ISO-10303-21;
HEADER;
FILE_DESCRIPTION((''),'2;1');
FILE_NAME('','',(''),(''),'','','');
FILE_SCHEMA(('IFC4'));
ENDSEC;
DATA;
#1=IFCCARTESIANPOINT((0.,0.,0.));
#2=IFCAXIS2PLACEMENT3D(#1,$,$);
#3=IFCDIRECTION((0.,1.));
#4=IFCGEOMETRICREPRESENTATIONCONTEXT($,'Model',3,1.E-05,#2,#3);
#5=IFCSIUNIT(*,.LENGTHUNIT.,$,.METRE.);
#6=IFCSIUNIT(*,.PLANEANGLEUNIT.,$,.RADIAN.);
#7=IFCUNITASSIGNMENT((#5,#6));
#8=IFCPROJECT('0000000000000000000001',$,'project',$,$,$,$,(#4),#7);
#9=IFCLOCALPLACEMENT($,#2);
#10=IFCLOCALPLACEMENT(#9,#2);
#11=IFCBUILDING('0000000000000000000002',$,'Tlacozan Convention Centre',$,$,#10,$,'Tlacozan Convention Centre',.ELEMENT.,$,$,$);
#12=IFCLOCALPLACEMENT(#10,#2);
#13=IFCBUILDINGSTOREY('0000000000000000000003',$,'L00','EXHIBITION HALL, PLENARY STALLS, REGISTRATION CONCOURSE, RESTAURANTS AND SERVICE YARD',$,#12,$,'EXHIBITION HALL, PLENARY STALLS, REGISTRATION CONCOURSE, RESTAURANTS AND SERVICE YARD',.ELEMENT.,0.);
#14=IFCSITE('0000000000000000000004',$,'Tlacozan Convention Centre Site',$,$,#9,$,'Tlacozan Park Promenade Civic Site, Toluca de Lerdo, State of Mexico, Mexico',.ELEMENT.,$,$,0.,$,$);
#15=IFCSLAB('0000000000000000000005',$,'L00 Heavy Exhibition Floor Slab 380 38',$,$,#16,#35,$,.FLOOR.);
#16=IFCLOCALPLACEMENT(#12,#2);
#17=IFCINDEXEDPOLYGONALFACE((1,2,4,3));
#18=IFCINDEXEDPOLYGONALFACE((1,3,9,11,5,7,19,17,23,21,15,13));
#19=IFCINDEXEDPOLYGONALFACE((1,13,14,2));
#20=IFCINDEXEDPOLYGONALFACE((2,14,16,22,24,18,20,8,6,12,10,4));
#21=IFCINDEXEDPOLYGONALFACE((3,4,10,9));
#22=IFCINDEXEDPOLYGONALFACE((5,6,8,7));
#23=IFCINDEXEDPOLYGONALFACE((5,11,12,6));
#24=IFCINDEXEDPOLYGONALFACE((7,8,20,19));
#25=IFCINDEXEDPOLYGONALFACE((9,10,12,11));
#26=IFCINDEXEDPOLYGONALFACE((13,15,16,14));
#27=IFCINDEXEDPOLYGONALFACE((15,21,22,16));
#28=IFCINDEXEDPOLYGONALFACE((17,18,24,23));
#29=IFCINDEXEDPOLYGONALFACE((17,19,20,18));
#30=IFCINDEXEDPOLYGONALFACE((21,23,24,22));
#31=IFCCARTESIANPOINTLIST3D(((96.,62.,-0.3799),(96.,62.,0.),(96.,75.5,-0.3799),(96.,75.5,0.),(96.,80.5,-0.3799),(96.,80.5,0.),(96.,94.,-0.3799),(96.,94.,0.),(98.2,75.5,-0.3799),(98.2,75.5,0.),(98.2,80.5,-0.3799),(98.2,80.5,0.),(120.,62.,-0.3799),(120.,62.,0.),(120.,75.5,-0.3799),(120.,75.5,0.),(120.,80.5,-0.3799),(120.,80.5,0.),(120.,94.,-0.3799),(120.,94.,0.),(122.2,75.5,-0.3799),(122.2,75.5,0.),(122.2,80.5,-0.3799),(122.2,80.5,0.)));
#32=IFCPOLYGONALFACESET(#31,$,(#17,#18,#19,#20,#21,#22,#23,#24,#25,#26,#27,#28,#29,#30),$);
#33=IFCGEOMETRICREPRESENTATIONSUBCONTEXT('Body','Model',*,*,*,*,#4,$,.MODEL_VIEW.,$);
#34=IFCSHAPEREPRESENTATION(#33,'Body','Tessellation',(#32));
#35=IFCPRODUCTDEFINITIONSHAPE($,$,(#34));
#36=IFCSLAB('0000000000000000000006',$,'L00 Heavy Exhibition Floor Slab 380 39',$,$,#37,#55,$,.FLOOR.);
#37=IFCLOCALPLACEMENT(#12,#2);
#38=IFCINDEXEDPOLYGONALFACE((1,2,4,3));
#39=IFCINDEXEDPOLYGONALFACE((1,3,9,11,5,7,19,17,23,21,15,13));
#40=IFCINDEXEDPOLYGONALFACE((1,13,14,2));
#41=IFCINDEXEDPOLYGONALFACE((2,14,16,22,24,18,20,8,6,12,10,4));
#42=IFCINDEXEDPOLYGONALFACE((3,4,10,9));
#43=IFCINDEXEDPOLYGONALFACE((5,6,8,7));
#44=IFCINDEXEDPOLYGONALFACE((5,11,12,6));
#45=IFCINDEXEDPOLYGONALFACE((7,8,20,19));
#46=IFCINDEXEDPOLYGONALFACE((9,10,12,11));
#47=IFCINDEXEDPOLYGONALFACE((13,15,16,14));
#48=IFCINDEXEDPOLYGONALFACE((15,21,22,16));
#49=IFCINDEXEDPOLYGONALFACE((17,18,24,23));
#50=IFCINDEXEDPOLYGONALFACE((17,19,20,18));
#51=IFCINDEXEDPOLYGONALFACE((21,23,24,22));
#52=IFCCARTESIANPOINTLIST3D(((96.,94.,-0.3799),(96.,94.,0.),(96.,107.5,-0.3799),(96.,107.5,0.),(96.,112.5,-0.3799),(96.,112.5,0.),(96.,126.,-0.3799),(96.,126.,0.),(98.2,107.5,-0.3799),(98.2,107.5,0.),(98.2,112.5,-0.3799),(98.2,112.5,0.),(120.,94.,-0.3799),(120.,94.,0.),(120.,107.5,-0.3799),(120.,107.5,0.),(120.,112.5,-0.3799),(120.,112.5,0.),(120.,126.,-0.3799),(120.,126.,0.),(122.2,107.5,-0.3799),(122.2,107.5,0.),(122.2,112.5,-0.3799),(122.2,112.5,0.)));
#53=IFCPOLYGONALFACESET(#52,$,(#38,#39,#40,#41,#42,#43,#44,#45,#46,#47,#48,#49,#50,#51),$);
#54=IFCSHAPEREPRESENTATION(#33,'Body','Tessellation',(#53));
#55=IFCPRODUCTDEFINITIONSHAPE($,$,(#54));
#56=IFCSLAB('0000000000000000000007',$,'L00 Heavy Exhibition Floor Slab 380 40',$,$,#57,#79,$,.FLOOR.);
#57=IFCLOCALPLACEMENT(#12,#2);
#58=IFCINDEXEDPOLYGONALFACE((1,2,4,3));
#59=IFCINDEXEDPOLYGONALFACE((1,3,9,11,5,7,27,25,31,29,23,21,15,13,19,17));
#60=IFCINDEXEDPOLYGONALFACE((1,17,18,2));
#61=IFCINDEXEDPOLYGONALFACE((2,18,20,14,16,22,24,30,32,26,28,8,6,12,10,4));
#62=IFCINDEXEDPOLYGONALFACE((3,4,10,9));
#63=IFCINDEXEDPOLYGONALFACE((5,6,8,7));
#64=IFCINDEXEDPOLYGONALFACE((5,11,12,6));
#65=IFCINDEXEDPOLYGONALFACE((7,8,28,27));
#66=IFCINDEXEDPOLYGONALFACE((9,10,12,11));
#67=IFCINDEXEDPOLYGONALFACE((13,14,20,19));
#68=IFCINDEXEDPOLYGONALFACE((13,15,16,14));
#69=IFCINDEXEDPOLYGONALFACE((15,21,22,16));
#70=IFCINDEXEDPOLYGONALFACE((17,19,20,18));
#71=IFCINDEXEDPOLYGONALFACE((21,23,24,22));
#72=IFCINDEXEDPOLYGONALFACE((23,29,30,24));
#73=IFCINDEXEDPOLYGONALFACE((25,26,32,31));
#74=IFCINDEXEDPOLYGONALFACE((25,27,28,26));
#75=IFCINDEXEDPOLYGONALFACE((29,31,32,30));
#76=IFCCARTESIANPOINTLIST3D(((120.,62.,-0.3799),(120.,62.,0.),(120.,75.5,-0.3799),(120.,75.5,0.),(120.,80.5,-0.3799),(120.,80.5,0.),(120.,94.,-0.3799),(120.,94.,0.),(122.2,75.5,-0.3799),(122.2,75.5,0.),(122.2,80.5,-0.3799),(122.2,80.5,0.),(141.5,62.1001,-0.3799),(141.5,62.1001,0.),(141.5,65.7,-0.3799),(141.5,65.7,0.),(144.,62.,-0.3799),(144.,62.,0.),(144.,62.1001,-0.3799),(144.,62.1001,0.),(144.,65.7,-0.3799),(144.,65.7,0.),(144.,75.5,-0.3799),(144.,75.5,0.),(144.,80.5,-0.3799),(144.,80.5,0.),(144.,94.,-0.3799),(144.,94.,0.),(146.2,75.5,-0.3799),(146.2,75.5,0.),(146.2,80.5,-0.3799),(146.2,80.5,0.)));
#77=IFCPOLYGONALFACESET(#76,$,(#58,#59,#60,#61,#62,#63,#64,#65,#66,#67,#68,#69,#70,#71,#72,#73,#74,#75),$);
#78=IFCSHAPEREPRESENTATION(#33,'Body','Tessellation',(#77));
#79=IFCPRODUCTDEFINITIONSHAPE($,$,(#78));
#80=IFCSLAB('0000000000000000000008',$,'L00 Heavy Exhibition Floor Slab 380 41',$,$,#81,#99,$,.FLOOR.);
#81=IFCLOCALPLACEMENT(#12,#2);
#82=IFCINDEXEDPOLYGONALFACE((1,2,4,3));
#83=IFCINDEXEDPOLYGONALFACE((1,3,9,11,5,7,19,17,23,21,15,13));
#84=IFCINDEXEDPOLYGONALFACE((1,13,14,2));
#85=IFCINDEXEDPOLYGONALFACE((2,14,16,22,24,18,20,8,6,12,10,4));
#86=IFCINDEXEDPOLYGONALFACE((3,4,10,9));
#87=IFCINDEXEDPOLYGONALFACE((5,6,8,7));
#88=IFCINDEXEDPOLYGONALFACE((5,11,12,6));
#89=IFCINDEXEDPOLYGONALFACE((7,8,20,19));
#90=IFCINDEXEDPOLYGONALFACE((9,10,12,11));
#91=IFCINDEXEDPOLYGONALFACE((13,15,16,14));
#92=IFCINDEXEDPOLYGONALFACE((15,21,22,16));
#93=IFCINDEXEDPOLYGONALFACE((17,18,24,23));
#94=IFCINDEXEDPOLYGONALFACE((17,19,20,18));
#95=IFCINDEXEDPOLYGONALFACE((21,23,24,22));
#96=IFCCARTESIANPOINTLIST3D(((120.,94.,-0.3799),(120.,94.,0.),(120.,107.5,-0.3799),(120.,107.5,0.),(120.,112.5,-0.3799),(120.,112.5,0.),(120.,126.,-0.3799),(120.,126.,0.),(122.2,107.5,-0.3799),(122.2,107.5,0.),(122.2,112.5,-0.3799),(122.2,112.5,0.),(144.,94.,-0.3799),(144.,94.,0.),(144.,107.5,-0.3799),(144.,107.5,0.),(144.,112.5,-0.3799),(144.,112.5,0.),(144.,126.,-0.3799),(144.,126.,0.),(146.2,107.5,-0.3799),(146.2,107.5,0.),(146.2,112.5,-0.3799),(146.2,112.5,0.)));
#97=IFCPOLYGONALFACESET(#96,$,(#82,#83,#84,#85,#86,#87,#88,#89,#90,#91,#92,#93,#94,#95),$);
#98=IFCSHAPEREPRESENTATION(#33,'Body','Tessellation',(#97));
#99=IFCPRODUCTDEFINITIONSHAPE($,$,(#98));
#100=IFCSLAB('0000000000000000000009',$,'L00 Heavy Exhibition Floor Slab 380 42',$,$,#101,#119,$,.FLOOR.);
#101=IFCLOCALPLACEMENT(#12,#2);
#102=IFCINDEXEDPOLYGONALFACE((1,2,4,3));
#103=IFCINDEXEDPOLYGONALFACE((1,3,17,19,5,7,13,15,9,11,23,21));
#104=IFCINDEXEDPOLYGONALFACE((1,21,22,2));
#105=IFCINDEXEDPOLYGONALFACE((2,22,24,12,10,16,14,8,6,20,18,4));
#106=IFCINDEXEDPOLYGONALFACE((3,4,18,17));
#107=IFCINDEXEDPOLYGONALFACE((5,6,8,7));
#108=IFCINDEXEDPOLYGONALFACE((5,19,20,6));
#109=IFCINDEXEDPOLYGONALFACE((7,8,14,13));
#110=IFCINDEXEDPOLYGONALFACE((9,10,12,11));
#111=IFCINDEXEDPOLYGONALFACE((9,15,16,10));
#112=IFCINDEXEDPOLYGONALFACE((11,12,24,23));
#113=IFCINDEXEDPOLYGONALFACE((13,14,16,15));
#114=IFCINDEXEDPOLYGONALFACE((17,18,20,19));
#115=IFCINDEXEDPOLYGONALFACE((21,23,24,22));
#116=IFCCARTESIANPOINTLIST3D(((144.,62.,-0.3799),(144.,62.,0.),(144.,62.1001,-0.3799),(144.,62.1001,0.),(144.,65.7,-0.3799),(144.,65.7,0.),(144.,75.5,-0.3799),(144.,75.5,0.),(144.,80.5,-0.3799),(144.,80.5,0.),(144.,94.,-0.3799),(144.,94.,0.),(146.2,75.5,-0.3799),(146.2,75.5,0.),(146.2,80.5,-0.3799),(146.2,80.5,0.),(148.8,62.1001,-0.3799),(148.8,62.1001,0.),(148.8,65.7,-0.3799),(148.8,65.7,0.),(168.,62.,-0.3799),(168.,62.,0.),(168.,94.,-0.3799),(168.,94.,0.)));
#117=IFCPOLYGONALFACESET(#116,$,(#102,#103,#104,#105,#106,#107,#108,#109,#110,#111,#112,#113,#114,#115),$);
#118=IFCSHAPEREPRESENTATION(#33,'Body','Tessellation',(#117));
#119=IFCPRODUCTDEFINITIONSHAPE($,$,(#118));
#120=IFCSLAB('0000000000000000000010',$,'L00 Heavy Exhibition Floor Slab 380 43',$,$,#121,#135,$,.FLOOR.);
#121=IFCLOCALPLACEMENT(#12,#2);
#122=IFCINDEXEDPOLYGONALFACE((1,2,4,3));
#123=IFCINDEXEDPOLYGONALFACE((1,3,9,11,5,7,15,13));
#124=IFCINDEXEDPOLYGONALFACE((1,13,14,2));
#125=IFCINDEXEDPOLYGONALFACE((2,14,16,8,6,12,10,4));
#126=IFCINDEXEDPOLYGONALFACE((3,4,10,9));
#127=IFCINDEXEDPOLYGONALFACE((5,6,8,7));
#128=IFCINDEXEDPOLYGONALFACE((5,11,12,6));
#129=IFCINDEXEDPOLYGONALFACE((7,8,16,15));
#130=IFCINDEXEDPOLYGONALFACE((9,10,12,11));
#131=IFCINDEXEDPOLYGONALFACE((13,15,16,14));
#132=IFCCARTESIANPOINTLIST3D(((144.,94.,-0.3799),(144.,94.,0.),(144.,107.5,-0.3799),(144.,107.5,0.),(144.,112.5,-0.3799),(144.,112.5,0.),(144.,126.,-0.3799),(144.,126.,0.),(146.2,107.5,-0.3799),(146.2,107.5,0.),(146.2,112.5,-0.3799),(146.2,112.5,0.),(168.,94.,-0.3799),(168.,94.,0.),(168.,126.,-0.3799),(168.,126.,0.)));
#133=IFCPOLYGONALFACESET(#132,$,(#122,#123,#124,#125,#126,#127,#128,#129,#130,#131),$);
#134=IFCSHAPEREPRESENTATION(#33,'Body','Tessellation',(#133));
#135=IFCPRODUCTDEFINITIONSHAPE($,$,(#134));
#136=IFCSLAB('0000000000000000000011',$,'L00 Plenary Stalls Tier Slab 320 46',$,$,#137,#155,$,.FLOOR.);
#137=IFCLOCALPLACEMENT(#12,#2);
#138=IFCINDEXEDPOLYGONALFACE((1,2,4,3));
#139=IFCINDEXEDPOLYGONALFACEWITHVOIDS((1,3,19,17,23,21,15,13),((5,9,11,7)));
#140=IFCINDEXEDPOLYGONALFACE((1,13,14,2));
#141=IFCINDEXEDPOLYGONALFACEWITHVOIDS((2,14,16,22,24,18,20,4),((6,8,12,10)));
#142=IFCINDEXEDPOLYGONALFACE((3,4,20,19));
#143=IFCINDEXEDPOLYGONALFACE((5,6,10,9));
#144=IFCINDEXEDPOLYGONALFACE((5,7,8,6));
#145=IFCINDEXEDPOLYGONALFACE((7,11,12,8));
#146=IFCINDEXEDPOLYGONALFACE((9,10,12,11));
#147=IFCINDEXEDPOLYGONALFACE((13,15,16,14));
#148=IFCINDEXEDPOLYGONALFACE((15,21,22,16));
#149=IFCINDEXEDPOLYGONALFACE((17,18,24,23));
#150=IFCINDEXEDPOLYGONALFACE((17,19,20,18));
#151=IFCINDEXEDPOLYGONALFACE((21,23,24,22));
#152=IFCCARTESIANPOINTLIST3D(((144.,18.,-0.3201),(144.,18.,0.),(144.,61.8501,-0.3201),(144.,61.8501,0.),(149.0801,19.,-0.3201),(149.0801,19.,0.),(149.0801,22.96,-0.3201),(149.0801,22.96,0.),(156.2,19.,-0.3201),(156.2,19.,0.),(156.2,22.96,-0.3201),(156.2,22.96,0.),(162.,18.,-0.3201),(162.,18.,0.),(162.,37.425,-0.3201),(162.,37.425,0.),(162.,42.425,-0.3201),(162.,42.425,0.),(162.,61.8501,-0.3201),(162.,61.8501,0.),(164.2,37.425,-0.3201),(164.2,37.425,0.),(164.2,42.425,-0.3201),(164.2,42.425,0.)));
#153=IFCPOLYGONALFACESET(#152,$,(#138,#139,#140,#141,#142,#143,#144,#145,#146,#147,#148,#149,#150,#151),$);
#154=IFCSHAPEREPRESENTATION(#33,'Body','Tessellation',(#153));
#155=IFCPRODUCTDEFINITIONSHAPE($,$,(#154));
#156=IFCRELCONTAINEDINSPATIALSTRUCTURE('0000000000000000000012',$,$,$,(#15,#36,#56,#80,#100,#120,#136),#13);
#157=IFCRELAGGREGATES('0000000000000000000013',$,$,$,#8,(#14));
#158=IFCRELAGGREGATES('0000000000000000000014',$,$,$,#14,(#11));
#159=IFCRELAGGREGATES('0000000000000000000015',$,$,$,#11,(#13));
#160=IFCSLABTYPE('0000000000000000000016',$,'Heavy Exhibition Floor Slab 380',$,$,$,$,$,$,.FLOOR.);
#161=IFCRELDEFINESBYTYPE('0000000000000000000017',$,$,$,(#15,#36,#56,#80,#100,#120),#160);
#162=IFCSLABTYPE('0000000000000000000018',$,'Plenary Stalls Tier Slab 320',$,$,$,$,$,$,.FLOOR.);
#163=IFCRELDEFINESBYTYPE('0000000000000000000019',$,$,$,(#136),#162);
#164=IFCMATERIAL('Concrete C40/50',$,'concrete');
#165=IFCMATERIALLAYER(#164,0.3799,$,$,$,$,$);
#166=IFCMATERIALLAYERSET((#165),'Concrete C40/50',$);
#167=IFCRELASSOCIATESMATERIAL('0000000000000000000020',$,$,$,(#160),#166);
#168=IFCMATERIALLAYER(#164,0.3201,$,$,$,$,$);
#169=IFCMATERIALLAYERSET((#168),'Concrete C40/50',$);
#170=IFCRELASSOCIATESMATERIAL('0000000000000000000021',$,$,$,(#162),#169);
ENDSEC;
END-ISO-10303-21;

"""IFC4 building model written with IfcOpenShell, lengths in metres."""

from ifc_helpers import new_model, si_unit, direction, frame, origin, place, context, subcontext, project, spatial, polyline, outline, extrude, material, layer, layer_set, type_object, element, save


model = new_model("IFC4")

# Units and contexts
model_context = context("Model", 3, precision=1e-05, world=origin(), true_north=direction((0.0, 1.0)))
body_context = subcontext(model_context, "Body", "Model", "MODEL_VIEW")
ifc_project = project(units=[si_unit("LENGTHUNIT", "METRE"), si_unit("PLANEANGLEUNIT", "RADIAN")], contexts=[model_context])

# Site, building, storey
site_placement = place(None, origin())
site = spatial("IfcSite", under=ifc_project, at=site_placement, Name="Tlacozan Convention Centre Site", LongName="Tlacozan Park Promenade Civic Site, Toluca de Lerdo, State of Mexico, Mexico", CompositionType="ELEMENT", RefElevation=0.0)
building_placement = place(site_placement, origin())
building = spatial("IfcBuilding", under=site, at=building_placement, Name="Tlacozan Convention Centre", LongName="Tlacozan Convention Centre", CompositionType="ELEMENT")
storey_placement = place(building_placement, origin())
storey = spatial("IfcBuildingStorey", under=building, at=storey_placement, Name="L00", Description="EXHIBITION HALL, PLENARY STALLS, REGISTRATION CONCOURSE, RESTAURANTS AND SERVICE YARD", LongName="EXHIBITION HALL, PLENARY STALLS, REGISTRATION CONCOURSE, RESTAURANTS AND SERVICE YARD", CompositionType="ELEMENT", Elevation=0.0)

# Slabs
ifc_material = material(Name="Concrete C40/50", Category="concrete")
ifc_layer_1 = layer(ifc_material, 0.3799)
ifc_layer_set_1 = layer_set([ifc_layer_1], Name="Concrete C40/50")
slab_type_1 = type_object("IfcSlabType", Name="Heavy Exhibition Floor Slab 380", PredefinedType="FLOOR", material=ifc_layer_set_1)
slab_1_placement = place(storey_placement, frame((0.0, 0.0, -0.3799)))
element("IfcSlab", 1, at=slab_1_placement, inside=storey, type_object=slab_type_1, Name="L00 Heavy Exhibition Floor Slab 380 38", PredefinedType="FLOOR", context=body_context, shape_type="SweptSolid", body=[
    extrude(outline(polyline([(96.0, 75.5), (98.2, 75.5), (98.2, 80.5), (96.0, 80.5), (96.0, 94.0), (120.0, 94.0), (120.0, 80.5), (122.2, 80.5), (122.2, 75.5), (120.0, 75.5), (120.0, 62.0), (96.0, 62.0), (96.0, 75.5)])), origin(), (0.0, 0.0, 1.0), 0.3799),
])
slab_2_placement = place(storey_placement, frame((0.0, 0.0, -0.3799)))
element("IfcSlab", 2, at=slab_2_placement, inside=storey, type_object=slab_type_1, Name="L00 Heavy Exhibition Floor Slab 380 39", PredefinedType="FLOOR", context=body_context, shape_type="SweptSolid", body=[
    extrude(outline(polyline([(96.0, 107.5), (98.2, 107.5), (98.2, 112.5), (96.0, 112.5), (96.0, 126.0), (120.0, 126.0), (120.0, 112.5), (122.2, 112.5), (122.2, 107.5), (120.0, 107.5), (120.0, 94.0), (96.0, 94.0), (96.0, 107.5)])), origin(), (0.0, 0.0, 1.0), 0.3799),
])
slab_3_placement = place(storey_placement, frame((0.0, 0.0, -0.3799)))
element("IfcSlab", 3, at=slab_3_placement, inside=storey, type_object=slab_type_1, Name="L00 Heavy Exhibition Floor Slab 380 40", PredefinedType="FLOOR", context=body_context, shape_type="SweptSolid", body=[
    extrude(outline(polyline([(120.0, 75.5), (122.2, 75.5), (122.2, 80.5), (120.0, 80.5), (120.0, 94.0), (144.0, 94.0), (144.0, 80.5), (146.2, 80.5), (146.2, 75.5), (144.0, 75.5), (144.0, 65.7), (141.5, 65.7), (141.5, 62.1001), (144.0, 62.1001), (144.0, 62.0), (120.0, 62.0), (120.0, 75.5)])), origin(), (0.0, 0.0, 1.0), 0.3799),
])
slab_4_placement = place(storey_placement, frame((0.0, 0.0, -0.3799)))
element("IfcSlab", 4, at=slab_4_placement, inside=storey, type_object=slab_type_1, Name="L00 Heavy Exhibition Floor Slab 380 41", PredefinedType="FLOOR", context=body_context, shape_type="SweptSolid", body=[
    extrude(outline(polyline([(120.0, 107.5), (122.2, 107.5), (122.2, 112.5), (120.0, 112.5), (120.0, 126.0), (144.0, 126.0), (144.0, 112.5), (146.2, 112.5), (146.2, 107.5), (144.0, 107.5), (144.0, 94.0), (120.0, 94.0), (120.0, 107.5)])), origin(), (0.0, 0.0, 1.0), 0.3799),
])
slab_5_placement = place(storey_placement, frame((0.0, 0.0, -0.3799)))
element("IfcSlab", 5, at=slab_5_placement, inside=storey, type_object=slab_type_1, Name="L00 Heavy Exhibition Floor Slab 380 42", PredefinedType="FLOOR", context=body_context, shape_type="SweptSolid", body=[
    extrude(outline(polyline([(168.0, 94.0), (168.0, 62.0), (144.0, 62.0), (144.0, 62.1001), (148.8, 62.1001), (148.8, 65.7), (144.0, 65.7), (144.0, 75.5), (146.2, 75.5), (146.2, 80.5), (144.0, 80.5), (144.0, 94.0), (168.0, 94.0)])), origin(), (0.0, 0.0, 1.0), 0.3799),
])
slab_6_placement = place(storey_placement, frame((0.0, 0.0, -0.3799)))
element("IfcSlab", 6, at=slab_6_placement, inside=storey, type_object=slab_type_1, Name="L00 Heavy Exhibition Floor Slab 380 43", PredefinedType="FLOOR", context=body_context, shape_type="SweptSolid", body=[
    extrude(outline(polyline([(168.0, 126.0), (168.0, 94.0), (144.0, 94.0), (144.0, 107.5), (146.2, 107.5), (146.2, 112.5), (144.0, 112.5), (144.0, 126.0), (168.0, 126.0)])), origin(), (0.0, 0.0, 1.0), 0.3799),
])
ifc_layer_2 = layer(ifc_material, 0.3201)
ifc_layer_set_2 = layer_set([ifc_layer_2], Name="Concrete C40/50")
slab_type_2 = type_object("IfcSlabType", Name="Plenary Stalls Tier Slab 320", PredefinedType="FLOOR", material=ifc_layer_set_2)
slab_7_placement = place(storey_placement, frame((0.0, 0.0, -0.3201)))
element("IfcSlab", 7, at=slab_7_placement, inside=storey, type_object=slab_type_2, Name="L00 Plenary Stalls Tier Slab 320 46", PredefinedType="FLOOR", context=body_context, shape_type="SweptSolid", body=[
    extrude(outline(polyline([(144.0, 18.0), (144.0, 61.8501), (162.0, 61.8501), (162.0, 42.425), (164.2, 42.425), (164.2, 37.425), (162.0, 37.425), (162.0, 18.0), (144.0, 18.0)]), holes=[polyline([(149.0801, 19.0), (156.2, 19.0), (156.2, 22.96), (149.0801, 22.96), (149.0801, 19.0)])]), origin(), (0.0, 0.0, 1.0), 0.3201),
])

save(model, "model.ifc")
